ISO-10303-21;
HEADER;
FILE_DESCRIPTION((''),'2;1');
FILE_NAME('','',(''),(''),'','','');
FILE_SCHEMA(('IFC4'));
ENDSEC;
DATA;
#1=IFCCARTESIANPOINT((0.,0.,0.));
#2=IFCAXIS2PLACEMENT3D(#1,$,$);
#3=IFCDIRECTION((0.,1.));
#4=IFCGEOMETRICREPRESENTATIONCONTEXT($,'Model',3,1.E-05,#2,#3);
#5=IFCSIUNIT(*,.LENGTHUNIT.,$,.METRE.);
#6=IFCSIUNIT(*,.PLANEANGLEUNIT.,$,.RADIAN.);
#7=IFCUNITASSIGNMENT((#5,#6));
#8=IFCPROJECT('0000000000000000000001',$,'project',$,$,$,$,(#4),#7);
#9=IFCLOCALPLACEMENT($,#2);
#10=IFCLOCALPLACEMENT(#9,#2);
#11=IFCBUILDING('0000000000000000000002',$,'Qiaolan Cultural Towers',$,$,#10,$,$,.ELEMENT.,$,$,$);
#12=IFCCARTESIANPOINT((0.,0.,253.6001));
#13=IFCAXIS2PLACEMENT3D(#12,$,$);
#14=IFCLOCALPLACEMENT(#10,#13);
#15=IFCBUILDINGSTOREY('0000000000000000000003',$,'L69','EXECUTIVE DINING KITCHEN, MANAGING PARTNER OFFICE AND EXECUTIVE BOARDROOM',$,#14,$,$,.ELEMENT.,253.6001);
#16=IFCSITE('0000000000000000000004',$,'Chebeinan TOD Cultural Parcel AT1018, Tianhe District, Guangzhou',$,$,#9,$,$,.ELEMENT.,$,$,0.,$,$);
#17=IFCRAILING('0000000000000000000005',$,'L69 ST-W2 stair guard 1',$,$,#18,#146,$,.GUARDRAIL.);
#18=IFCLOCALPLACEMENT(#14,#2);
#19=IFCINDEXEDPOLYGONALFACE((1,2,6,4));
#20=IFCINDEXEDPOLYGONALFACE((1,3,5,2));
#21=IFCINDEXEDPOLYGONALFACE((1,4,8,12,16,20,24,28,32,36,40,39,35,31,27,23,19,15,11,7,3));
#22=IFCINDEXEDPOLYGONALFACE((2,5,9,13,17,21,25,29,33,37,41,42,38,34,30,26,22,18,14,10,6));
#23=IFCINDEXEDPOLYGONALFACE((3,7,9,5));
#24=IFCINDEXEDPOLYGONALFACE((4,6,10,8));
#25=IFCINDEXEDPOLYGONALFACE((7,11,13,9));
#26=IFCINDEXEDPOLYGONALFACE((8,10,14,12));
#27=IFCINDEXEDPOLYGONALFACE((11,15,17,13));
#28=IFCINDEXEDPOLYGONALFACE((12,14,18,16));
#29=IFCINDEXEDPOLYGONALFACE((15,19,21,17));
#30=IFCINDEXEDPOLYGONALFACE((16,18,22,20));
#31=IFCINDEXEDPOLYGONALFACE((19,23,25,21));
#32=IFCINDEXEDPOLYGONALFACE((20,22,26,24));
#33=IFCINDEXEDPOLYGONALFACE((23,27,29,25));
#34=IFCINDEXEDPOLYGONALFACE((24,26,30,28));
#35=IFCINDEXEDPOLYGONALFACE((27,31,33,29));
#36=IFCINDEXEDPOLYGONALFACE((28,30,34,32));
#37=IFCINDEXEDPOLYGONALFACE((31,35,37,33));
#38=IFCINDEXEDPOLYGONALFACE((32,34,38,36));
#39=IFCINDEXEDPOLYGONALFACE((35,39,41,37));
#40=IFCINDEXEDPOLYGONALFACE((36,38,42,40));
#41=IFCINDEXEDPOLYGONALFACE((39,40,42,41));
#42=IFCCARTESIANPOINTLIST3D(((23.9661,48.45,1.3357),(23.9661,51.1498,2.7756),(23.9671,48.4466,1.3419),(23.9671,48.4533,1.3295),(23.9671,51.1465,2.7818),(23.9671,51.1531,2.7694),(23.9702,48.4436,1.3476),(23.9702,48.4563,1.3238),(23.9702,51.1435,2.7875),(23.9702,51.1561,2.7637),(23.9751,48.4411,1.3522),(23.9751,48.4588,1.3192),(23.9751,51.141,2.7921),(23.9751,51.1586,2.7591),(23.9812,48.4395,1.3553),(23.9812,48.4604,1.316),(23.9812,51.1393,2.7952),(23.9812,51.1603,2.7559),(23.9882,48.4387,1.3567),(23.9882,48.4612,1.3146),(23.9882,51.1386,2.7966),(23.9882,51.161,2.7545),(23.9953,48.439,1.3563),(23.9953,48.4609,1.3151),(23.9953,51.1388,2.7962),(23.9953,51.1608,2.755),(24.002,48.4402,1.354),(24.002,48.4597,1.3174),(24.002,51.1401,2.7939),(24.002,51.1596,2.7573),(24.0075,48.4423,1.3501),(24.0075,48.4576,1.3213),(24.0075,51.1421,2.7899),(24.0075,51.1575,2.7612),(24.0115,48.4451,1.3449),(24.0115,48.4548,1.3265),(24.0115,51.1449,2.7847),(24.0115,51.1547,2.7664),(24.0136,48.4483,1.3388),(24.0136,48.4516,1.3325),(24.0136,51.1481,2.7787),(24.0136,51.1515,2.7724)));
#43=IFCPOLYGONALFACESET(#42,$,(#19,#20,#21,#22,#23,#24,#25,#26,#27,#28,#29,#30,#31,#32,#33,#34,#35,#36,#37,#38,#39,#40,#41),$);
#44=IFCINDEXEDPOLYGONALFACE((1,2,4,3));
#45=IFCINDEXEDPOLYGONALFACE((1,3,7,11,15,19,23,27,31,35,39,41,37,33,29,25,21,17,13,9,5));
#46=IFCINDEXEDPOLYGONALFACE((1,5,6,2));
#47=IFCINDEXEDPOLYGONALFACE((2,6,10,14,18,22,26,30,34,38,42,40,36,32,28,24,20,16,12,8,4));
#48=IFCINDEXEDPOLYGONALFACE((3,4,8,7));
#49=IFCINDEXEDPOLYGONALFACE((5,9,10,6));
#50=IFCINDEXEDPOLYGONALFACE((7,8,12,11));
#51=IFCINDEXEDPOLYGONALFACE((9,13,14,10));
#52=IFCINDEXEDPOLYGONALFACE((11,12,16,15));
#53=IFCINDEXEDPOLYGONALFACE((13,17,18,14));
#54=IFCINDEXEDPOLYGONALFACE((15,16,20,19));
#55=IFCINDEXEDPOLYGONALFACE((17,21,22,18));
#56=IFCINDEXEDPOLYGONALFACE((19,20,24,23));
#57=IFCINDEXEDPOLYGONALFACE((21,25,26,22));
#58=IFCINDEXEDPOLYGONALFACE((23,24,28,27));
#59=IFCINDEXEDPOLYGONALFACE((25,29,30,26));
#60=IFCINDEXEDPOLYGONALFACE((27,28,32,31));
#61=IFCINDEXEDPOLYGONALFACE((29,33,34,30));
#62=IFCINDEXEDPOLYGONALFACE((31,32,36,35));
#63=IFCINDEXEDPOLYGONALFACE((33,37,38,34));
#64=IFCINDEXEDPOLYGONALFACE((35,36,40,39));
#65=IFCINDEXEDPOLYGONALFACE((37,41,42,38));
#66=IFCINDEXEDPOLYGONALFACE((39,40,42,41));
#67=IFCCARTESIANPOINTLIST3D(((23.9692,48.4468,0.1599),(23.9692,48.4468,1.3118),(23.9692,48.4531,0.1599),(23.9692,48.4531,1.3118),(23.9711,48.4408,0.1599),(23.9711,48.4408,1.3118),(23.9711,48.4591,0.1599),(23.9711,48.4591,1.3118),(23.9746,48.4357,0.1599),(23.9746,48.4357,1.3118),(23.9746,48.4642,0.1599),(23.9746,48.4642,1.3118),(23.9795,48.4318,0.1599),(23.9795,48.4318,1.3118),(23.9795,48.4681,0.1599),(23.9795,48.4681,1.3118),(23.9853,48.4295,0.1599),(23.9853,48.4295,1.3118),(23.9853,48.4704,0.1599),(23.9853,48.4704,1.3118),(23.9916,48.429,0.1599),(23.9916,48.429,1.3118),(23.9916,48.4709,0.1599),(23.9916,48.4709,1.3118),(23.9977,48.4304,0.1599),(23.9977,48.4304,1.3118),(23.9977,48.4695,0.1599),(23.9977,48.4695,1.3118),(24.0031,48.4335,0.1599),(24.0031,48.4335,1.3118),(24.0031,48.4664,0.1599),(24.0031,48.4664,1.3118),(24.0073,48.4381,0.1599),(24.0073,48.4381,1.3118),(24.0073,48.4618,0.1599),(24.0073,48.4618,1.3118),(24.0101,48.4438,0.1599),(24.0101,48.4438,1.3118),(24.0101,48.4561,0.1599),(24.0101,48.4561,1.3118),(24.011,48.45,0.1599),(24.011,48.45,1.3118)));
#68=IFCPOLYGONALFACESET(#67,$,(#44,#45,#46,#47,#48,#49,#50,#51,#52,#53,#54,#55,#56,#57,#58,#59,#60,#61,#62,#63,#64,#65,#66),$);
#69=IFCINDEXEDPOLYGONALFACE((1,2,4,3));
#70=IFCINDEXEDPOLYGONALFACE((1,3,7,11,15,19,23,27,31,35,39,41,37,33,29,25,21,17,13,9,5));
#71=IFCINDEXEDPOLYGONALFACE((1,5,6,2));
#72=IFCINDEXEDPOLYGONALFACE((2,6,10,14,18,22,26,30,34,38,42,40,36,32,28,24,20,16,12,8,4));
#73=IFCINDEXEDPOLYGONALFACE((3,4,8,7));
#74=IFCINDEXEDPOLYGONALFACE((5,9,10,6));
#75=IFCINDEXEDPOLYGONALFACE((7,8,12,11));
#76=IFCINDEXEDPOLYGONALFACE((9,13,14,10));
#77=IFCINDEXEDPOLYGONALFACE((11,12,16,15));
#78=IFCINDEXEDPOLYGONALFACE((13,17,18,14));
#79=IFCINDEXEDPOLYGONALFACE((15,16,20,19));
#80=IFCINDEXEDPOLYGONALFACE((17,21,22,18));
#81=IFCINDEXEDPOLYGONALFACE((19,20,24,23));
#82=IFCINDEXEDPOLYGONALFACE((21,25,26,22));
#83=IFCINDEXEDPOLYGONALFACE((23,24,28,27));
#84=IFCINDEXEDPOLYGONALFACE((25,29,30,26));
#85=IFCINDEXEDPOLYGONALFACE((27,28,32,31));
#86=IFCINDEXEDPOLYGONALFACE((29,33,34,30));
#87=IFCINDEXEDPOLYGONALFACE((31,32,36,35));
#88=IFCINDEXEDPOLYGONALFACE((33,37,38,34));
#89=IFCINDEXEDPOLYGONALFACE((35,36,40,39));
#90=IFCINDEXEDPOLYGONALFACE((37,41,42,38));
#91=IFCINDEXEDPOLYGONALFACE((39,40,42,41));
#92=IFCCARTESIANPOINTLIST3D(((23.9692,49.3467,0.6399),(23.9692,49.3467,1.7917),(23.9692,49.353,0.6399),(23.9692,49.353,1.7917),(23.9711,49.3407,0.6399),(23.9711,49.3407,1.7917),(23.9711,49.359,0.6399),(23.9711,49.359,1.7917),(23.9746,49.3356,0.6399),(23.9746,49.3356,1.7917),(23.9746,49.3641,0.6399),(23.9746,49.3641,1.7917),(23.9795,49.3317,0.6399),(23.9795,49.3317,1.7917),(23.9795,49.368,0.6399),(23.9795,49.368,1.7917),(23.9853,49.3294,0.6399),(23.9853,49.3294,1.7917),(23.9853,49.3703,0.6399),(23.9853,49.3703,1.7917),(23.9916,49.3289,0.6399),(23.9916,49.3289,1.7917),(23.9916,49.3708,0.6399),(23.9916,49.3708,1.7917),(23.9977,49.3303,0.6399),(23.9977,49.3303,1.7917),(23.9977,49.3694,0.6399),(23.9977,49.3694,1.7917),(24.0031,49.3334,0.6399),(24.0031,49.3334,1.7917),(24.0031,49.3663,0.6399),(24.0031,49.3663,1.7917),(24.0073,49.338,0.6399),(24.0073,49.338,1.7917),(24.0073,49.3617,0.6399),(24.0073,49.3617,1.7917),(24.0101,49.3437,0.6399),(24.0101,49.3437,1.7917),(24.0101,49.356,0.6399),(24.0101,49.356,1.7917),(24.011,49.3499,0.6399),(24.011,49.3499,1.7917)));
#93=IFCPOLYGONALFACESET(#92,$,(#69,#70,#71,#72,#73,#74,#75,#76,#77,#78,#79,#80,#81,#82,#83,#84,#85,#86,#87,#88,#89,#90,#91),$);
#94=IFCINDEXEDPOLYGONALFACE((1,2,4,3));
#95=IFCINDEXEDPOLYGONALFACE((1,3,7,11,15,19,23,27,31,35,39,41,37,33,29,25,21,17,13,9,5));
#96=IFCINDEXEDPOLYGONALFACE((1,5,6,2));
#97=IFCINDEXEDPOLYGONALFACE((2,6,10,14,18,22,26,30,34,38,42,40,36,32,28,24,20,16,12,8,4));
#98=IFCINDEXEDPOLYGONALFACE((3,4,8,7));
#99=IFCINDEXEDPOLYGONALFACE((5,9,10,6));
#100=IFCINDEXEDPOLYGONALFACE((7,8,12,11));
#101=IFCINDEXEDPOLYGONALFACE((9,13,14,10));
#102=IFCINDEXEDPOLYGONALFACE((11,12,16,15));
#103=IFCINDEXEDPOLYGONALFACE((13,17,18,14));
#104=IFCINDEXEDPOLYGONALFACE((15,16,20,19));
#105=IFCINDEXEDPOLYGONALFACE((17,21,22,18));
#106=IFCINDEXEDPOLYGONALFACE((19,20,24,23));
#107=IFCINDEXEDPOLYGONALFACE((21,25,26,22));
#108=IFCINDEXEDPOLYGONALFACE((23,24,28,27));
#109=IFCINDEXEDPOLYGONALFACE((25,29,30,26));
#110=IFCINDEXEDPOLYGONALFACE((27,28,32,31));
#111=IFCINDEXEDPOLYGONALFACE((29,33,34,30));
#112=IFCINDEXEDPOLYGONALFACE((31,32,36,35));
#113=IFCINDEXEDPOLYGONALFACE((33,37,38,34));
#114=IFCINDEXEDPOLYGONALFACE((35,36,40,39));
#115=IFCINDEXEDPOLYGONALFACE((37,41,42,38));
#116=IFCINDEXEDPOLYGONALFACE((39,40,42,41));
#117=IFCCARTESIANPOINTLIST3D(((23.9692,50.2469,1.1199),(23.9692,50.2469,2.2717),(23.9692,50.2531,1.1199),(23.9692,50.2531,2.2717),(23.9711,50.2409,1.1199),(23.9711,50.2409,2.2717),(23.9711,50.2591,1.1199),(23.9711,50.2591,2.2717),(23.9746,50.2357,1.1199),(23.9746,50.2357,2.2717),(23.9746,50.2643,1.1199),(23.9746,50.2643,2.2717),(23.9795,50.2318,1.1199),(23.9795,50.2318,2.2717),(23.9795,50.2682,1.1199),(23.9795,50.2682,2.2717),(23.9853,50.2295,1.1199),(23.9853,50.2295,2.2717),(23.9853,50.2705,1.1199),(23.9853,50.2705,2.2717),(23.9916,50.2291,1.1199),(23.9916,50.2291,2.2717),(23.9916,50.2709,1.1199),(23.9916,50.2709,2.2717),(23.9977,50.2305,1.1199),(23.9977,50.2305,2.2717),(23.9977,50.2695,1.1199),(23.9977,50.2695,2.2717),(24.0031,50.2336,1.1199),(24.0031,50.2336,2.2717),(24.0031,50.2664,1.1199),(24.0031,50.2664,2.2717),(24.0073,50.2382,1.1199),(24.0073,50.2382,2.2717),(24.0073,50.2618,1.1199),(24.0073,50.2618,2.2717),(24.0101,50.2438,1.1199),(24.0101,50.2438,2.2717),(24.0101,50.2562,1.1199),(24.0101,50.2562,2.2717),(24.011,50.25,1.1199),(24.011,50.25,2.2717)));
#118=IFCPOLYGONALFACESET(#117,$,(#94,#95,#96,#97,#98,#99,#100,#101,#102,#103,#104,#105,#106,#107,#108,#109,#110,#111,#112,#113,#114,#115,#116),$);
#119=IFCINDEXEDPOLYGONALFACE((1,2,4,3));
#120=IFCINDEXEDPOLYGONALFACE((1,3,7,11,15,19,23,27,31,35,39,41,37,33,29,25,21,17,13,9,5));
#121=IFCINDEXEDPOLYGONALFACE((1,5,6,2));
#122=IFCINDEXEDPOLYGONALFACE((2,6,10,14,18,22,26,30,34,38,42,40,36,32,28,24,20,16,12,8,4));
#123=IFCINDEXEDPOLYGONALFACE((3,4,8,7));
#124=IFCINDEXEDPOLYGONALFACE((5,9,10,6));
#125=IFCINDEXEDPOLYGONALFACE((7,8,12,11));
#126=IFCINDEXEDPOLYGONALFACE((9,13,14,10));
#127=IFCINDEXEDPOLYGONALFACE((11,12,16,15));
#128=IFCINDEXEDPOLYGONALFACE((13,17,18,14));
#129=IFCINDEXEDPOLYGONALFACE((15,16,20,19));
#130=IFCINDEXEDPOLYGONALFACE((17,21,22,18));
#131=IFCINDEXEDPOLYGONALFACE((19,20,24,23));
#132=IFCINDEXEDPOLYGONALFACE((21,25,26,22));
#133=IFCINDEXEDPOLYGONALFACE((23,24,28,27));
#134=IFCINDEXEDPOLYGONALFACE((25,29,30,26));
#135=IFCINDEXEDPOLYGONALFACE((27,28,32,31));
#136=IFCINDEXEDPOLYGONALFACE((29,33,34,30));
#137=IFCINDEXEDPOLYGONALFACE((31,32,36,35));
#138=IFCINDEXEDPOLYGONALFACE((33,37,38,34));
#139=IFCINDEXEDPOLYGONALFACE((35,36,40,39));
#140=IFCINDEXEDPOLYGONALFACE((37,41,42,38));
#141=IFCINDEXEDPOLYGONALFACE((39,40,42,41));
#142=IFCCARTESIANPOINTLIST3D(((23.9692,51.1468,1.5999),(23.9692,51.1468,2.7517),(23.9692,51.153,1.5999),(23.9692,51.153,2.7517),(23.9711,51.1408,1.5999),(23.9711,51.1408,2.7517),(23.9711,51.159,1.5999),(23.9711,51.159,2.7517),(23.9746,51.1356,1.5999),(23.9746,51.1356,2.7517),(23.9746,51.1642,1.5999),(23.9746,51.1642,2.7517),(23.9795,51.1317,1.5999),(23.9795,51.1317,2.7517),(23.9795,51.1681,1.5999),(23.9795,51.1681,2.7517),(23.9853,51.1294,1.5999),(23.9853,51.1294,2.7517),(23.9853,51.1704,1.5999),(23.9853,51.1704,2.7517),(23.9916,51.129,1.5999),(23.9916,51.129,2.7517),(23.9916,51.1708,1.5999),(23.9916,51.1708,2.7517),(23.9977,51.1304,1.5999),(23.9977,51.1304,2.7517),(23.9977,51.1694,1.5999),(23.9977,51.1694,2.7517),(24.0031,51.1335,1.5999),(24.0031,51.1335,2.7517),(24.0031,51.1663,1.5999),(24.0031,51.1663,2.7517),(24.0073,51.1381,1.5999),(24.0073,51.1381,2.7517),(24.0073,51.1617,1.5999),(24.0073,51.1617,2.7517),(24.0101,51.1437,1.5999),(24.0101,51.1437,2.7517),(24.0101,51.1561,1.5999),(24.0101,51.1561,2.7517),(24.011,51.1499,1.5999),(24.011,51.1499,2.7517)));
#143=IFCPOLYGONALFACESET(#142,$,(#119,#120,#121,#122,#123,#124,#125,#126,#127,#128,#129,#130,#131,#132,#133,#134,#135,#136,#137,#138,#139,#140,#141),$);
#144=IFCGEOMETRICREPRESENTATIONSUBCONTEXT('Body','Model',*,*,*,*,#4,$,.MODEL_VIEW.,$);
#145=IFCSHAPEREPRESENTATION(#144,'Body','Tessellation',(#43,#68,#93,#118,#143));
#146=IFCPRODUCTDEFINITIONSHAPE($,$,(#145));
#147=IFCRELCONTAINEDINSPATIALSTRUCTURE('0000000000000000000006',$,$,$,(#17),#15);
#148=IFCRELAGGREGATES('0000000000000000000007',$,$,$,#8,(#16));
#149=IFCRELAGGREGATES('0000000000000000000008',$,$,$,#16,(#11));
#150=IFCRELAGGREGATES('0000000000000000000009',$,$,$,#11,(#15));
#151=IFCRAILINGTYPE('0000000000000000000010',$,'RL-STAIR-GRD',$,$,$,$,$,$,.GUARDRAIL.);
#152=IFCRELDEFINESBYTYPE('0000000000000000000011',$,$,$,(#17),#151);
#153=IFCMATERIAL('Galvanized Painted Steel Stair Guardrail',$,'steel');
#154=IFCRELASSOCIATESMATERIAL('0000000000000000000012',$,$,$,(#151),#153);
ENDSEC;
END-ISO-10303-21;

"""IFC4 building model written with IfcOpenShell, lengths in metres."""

from ifc_helpers import new_model, si_unit, direction, frame, origin, origin_2d, place, context, subcontext, project, spatial, circle, extrude, material, type_object, element, save


model = new_model("IFC4")

# Units and contexts
model_context = context("Model", 3, precision=1e-05, world=origin(), true_north=direction((0.0, 1.0)))
body_context = subcontext(model_context, "Body", "Model", "MODEL_VIEW")
ifc_project = project(units=[si_unit("LENGTHUNIT", "METRE"), si_unit("PLANEANGLEUNIT", "RADIAN")], contexts=[model_context])

# Site, building, storey
site_placement = place(None, origin())
site = spatial("IfcSite", under=ifc_project, at=site_placement, Name="Chebeinan TOD Cultural Parcel AT1018, Tianhe District, Guangzhou", CompositionType="ELEMENT", RefElevation=0.0)
building_placement = place(site_placement, origin())
building = spatial("IfcBuilding", under=site, at=building_placement, Name="Qiaolan Cultural Towers", CompositionType="ELEMENT")
storey_placement = place(building_placement, frame((0.0, 0.0, 253.6001)))
storey = spatial("IfcBuildingStorey", under=building, at=storey_placement, Name="L69", Description="EXECUTIVE DINING KITCHEN, MANAGING PARTNER OFFICE AND EXECUTIVE BOARDROOM", CompositionType="ELEMENT", Elevation=253.6001)

# Railing
ifc_material_1 = material(Name="Galvanized Painted Steel Stair Guardrail", Category="steel")
railing_type_1 = type_object("IfcRailingType", Name="RL-STAIR-GRD", PredefinedType="GUARDRAIL", material=ifc_material_1)
railing_1_placement = place(storey_placement, frame((23.99, 48.45, 0.1599)))
element("IfcRailing", 1, at=railing_1_placement, inside=storey, type_object=railing_type_1, Name="L69 ST-W2 stair guard 1", PredefinedType="GUARDRAIL", context=body_context, shape_type="SweptSolid", body=[
    extrude(circle(Radius=0.0239, at=origin_2d()), frame((0.0, 0.0, 1.1758), z_axis=(0.0, 0.882357, 0.47058), x_axis=(-1.0, 0.0, 0.0)), (0.0, 0.0, 1.0), 3.0598),
    extrude(circle(Radius=0.021, at=origin_2d()), origin(), (0.0, 0.0, 1.0), 1.1519),
    extrude(circle(Radius=0.021, at=origin_2d()), frame((0.0, 0.8999, 0.48)), (0.0, 0.0, 1.0), 1.1519),
    extrude(circle(Radius=0.021, at=origin_2d()), frame((0.0, 1.8, 0.96)), (0.0, 0.0, 1.0), 1.1519),
    extrude(circle(Radius=0.021, at=origin_2d()), frame((0.0, 2.7, 1.4399)), (0.0, 0.0, 1.0), 1.1519),
])

save(model, "model.ifc")
